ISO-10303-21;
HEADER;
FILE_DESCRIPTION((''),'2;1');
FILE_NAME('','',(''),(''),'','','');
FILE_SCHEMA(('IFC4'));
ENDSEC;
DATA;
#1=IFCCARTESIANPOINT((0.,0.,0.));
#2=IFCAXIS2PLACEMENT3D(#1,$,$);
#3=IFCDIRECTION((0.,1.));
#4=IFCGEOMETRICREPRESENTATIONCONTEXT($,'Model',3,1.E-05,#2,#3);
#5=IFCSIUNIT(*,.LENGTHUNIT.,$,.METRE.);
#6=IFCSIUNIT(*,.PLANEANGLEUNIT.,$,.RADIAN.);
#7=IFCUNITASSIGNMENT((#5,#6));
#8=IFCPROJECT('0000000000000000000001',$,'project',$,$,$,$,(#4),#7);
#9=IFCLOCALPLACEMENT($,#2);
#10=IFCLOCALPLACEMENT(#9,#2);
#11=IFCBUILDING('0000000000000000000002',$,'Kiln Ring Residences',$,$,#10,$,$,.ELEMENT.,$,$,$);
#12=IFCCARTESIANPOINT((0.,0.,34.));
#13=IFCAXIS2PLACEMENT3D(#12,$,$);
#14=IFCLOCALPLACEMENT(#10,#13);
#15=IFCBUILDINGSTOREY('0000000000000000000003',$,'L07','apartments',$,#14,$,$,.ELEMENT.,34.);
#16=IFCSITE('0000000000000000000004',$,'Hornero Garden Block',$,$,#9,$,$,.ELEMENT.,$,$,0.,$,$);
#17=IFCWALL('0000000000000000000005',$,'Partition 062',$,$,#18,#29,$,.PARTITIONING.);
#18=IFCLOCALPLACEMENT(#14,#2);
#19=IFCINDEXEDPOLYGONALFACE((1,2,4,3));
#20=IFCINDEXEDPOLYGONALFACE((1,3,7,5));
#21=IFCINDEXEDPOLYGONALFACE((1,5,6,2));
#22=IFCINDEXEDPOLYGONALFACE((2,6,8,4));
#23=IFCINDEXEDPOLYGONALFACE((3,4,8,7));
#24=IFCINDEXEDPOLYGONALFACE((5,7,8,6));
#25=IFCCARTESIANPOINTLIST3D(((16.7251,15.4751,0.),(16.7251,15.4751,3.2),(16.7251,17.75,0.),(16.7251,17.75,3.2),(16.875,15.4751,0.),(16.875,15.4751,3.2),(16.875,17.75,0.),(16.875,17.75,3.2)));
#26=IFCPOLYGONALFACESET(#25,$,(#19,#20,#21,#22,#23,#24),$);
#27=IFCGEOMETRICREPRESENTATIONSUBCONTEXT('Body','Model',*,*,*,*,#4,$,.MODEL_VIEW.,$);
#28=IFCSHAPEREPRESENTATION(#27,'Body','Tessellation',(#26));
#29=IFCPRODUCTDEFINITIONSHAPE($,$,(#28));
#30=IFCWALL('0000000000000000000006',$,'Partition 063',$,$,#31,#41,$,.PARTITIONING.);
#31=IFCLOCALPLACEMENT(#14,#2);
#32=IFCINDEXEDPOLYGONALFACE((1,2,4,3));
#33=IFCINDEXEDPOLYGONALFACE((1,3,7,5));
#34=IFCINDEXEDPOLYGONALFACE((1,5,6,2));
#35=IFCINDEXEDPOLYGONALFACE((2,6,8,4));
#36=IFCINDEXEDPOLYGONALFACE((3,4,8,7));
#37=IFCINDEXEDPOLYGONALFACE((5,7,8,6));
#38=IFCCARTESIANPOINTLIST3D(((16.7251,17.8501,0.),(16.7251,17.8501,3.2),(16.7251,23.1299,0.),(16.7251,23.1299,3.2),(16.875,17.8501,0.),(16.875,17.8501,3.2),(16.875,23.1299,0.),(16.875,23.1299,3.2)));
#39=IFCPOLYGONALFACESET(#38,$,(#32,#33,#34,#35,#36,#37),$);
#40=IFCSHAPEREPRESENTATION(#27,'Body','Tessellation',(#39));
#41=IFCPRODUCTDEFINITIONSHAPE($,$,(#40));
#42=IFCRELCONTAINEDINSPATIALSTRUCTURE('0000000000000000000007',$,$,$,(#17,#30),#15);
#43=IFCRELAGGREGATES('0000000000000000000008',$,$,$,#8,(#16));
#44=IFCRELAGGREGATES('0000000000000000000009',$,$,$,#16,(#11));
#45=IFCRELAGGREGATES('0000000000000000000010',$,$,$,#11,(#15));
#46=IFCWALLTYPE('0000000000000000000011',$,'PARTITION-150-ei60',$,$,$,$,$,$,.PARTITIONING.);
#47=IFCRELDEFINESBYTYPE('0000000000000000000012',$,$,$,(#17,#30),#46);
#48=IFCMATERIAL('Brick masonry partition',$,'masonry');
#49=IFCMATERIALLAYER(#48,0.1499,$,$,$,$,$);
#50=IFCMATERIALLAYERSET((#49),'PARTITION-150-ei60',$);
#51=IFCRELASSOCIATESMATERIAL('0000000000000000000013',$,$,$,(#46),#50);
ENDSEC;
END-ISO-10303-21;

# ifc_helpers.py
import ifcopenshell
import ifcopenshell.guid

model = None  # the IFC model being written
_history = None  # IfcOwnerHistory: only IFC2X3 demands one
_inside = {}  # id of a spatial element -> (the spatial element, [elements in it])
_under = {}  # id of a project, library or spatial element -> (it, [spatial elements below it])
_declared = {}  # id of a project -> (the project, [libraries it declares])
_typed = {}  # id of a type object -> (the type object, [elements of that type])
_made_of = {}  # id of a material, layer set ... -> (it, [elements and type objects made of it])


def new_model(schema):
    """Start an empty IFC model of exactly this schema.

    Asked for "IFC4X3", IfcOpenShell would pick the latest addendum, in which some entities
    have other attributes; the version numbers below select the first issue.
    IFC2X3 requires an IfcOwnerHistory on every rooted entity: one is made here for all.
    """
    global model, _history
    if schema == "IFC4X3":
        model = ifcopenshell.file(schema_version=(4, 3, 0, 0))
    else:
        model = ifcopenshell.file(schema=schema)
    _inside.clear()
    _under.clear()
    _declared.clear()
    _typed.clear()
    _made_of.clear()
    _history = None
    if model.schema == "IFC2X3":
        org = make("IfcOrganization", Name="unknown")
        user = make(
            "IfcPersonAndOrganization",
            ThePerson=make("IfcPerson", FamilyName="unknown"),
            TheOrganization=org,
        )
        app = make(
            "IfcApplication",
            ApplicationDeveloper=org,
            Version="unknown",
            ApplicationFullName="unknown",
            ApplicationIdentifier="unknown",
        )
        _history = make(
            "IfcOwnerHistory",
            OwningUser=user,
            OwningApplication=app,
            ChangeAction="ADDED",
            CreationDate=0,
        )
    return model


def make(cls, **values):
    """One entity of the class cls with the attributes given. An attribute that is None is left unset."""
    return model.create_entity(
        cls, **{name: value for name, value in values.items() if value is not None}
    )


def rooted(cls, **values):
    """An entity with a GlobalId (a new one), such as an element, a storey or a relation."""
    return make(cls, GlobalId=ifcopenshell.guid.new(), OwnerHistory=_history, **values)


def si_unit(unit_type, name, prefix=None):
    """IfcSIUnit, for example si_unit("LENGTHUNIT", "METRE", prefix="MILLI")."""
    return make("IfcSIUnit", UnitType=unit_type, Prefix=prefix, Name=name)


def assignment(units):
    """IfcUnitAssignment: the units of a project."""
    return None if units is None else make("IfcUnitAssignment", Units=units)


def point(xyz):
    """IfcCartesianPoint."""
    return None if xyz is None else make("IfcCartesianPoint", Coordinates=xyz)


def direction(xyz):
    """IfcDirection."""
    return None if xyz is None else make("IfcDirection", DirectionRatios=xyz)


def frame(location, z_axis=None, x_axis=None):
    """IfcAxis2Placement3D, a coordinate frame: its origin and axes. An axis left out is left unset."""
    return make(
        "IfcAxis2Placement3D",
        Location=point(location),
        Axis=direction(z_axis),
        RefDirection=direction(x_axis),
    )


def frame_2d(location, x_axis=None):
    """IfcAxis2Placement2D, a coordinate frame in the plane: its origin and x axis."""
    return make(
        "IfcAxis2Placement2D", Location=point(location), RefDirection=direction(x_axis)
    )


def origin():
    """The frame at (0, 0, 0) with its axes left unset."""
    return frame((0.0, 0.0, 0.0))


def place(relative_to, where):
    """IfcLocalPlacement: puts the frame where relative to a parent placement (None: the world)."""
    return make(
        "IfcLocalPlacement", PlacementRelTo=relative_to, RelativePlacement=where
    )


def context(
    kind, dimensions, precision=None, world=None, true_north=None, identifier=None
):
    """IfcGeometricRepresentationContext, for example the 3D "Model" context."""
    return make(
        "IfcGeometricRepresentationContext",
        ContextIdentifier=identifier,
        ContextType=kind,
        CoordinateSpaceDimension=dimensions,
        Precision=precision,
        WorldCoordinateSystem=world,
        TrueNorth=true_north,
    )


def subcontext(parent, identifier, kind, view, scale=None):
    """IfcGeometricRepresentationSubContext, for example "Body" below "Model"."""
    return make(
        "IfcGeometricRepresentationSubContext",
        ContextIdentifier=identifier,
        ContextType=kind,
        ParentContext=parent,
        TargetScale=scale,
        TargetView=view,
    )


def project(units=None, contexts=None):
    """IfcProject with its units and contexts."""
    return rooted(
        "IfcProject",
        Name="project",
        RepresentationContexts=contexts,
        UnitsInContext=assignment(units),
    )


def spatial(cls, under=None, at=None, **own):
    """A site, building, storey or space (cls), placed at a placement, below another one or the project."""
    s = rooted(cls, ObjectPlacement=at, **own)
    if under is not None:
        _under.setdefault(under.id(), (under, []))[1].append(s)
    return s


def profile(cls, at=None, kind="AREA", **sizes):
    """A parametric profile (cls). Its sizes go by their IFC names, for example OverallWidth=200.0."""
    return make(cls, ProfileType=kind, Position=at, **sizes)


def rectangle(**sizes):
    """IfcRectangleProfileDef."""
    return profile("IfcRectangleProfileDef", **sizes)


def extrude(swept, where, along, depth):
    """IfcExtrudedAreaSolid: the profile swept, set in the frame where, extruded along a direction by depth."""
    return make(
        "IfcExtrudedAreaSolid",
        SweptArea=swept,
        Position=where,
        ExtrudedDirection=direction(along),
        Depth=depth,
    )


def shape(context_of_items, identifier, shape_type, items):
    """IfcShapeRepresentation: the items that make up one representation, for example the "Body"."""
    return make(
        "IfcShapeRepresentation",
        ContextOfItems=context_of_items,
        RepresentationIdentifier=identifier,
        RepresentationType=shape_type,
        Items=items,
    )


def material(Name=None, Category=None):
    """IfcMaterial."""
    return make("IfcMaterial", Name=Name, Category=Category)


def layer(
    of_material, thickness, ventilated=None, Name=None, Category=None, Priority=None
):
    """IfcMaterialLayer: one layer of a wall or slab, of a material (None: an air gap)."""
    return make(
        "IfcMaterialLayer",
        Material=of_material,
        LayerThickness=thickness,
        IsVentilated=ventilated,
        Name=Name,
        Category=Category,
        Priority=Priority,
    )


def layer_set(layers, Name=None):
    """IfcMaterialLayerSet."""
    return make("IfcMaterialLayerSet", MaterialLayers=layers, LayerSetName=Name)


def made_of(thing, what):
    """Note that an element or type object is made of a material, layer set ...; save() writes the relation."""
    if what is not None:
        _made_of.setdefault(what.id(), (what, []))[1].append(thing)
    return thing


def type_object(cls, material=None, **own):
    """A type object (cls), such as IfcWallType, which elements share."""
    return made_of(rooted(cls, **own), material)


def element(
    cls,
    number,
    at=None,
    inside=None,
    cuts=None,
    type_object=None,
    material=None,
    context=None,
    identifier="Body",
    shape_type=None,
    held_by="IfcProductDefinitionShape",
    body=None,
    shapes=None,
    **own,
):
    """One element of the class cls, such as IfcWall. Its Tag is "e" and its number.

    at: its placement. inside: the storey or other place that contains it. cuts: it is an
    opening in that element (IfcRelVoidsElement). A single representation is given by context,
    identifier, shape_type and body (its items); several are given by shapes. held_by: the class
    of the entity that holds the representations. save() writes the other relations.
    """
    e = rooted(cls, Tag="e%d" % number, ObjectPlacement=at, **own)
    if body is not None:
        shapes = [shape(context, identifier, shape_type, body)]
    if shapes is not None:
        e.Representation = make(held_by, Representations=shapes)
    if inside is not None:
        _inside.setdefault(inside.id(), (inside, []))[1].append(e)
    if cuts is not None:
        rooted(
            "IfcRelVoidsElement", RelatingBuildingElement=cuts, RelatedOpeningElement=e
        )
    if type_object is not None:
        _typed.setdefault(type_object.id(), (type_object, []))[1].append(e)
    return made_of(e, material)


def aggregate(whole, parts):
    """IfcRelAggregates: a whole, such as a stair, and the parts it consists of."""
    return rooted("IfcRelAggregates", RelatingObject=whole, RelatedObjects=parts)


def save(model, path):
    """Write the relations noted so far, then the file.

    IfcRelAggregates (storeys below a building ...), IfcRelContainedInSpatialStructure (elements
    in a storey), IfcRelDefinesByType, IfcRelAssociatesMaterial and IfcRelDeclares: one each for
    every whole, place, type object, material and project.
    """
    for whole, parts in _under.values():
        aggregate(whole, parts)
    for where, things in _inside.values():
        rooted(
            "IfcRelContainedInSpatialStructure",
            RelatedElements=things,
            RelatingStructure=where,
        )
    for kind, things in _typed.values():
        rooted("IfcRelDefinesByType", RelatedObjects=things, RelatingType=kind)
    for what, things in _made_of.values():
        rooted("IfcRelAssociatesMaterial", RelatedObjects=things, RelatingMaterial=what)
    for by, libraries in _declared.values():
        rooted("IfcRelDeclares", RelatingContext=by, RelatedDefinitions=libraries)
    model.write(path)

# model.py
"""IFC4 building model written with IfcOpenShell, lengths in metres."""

from ifc_helpers import new_model, si_unit, direction, frame, frame_2d, origin, place, context, subcontext, project, spatial, rectangle, extrude, material, layer, layer_set, type_object, element, save


model = new_model("IFC4")

# Units and contexts
model_context = context("Model", 3, precision=1e-05, world=origin(), true_north=direction((0.0, 1.0)))
body_context = subcontext(model_context, "Body", "Model", "MODEL_VIEW")
ifc_project = project(units=[si_unit("LENGTHUNIT", "METRE"), si_unit("PLANEANGLEUNIT", "RADIAN")], contexts=[model_context])

# Site, building, storey
site_placement = place(None, origin())
site = spatial("IfcSite", under=ifc_project, at=site_placement, Name="Hornero Garden Block", CompositionType="ELEMENT", RefElevation=0.0)
building_placement = place(site_placement, origin())
building = spatial("IfcBuilding", under=site, at=building_placement, Name="Kiln Ring Residences", CompositionType="ELEMENT")
storey_placement = place(building_placement, frame((0.0, 0.0, 34.0)))
storey = spatial("IfcBuildingStorey", under=building, at=storey_placement, Name="L07", Description="apartments", CompositionType="ELEMENT", Elevation=34.0)

# Walls
ifc_material_1 = material(Name="Brick masonry partition", Category="masonry")
ifc_layer_1 = layer(ifc_material_1, 0.1499)
ifc_layer_set_1 = layer_set([ifc_layer_1], Name="PARTITION-150-ei60")
wall_type_1 = type_object("IfcWallType", Name="PARTITION-150-ei60", PredefinedType="PARTITIONING", material=ifc_layer_set_1)
wall_1_placement = place(storey_placement, frame((16.8, 15.4751, 0.0), z_axis=(0.0, 0.0, 1.0), x_axis=(0.0, 1.0, 0.0)))
element("IfcWall", 1, at=wall_1_placement, inside=storey, type_object=wall_type_1, Name="Partition 062", PredefinedType="PARTITIONING", context=body_context, shape_type="SweptSolid", body=[
    extrude(rectangle(XDim=2.2749, YDim=0.1499, at=frame_2d((1.1375, 0.0))), origin(), (0.0, 0.0, 1.0), 3.2),
])
wall_2_placement = place(storey_placement, frame((16.8, 17.8501, 0.0), z_axis=(0.0, 0.0, 1.0), x_axis=(0.0, 1.0, 0.0)))
element("IfcWall", 2, at=wall_2_placement, inside=storey, type_object=wall_type_1, Name="Partition 063", PredefinedType="PARTITIONING", context=body_context, shape_type="SweptSolid", body=[
    extrude(rectangle(XDim=5.2798, YDim=0.1499, at=frame_2d((2.6399, 0.0))), origin(), (0.0, 0.0, 1.0), 3.2),
])

save(model, "model.ifc")
